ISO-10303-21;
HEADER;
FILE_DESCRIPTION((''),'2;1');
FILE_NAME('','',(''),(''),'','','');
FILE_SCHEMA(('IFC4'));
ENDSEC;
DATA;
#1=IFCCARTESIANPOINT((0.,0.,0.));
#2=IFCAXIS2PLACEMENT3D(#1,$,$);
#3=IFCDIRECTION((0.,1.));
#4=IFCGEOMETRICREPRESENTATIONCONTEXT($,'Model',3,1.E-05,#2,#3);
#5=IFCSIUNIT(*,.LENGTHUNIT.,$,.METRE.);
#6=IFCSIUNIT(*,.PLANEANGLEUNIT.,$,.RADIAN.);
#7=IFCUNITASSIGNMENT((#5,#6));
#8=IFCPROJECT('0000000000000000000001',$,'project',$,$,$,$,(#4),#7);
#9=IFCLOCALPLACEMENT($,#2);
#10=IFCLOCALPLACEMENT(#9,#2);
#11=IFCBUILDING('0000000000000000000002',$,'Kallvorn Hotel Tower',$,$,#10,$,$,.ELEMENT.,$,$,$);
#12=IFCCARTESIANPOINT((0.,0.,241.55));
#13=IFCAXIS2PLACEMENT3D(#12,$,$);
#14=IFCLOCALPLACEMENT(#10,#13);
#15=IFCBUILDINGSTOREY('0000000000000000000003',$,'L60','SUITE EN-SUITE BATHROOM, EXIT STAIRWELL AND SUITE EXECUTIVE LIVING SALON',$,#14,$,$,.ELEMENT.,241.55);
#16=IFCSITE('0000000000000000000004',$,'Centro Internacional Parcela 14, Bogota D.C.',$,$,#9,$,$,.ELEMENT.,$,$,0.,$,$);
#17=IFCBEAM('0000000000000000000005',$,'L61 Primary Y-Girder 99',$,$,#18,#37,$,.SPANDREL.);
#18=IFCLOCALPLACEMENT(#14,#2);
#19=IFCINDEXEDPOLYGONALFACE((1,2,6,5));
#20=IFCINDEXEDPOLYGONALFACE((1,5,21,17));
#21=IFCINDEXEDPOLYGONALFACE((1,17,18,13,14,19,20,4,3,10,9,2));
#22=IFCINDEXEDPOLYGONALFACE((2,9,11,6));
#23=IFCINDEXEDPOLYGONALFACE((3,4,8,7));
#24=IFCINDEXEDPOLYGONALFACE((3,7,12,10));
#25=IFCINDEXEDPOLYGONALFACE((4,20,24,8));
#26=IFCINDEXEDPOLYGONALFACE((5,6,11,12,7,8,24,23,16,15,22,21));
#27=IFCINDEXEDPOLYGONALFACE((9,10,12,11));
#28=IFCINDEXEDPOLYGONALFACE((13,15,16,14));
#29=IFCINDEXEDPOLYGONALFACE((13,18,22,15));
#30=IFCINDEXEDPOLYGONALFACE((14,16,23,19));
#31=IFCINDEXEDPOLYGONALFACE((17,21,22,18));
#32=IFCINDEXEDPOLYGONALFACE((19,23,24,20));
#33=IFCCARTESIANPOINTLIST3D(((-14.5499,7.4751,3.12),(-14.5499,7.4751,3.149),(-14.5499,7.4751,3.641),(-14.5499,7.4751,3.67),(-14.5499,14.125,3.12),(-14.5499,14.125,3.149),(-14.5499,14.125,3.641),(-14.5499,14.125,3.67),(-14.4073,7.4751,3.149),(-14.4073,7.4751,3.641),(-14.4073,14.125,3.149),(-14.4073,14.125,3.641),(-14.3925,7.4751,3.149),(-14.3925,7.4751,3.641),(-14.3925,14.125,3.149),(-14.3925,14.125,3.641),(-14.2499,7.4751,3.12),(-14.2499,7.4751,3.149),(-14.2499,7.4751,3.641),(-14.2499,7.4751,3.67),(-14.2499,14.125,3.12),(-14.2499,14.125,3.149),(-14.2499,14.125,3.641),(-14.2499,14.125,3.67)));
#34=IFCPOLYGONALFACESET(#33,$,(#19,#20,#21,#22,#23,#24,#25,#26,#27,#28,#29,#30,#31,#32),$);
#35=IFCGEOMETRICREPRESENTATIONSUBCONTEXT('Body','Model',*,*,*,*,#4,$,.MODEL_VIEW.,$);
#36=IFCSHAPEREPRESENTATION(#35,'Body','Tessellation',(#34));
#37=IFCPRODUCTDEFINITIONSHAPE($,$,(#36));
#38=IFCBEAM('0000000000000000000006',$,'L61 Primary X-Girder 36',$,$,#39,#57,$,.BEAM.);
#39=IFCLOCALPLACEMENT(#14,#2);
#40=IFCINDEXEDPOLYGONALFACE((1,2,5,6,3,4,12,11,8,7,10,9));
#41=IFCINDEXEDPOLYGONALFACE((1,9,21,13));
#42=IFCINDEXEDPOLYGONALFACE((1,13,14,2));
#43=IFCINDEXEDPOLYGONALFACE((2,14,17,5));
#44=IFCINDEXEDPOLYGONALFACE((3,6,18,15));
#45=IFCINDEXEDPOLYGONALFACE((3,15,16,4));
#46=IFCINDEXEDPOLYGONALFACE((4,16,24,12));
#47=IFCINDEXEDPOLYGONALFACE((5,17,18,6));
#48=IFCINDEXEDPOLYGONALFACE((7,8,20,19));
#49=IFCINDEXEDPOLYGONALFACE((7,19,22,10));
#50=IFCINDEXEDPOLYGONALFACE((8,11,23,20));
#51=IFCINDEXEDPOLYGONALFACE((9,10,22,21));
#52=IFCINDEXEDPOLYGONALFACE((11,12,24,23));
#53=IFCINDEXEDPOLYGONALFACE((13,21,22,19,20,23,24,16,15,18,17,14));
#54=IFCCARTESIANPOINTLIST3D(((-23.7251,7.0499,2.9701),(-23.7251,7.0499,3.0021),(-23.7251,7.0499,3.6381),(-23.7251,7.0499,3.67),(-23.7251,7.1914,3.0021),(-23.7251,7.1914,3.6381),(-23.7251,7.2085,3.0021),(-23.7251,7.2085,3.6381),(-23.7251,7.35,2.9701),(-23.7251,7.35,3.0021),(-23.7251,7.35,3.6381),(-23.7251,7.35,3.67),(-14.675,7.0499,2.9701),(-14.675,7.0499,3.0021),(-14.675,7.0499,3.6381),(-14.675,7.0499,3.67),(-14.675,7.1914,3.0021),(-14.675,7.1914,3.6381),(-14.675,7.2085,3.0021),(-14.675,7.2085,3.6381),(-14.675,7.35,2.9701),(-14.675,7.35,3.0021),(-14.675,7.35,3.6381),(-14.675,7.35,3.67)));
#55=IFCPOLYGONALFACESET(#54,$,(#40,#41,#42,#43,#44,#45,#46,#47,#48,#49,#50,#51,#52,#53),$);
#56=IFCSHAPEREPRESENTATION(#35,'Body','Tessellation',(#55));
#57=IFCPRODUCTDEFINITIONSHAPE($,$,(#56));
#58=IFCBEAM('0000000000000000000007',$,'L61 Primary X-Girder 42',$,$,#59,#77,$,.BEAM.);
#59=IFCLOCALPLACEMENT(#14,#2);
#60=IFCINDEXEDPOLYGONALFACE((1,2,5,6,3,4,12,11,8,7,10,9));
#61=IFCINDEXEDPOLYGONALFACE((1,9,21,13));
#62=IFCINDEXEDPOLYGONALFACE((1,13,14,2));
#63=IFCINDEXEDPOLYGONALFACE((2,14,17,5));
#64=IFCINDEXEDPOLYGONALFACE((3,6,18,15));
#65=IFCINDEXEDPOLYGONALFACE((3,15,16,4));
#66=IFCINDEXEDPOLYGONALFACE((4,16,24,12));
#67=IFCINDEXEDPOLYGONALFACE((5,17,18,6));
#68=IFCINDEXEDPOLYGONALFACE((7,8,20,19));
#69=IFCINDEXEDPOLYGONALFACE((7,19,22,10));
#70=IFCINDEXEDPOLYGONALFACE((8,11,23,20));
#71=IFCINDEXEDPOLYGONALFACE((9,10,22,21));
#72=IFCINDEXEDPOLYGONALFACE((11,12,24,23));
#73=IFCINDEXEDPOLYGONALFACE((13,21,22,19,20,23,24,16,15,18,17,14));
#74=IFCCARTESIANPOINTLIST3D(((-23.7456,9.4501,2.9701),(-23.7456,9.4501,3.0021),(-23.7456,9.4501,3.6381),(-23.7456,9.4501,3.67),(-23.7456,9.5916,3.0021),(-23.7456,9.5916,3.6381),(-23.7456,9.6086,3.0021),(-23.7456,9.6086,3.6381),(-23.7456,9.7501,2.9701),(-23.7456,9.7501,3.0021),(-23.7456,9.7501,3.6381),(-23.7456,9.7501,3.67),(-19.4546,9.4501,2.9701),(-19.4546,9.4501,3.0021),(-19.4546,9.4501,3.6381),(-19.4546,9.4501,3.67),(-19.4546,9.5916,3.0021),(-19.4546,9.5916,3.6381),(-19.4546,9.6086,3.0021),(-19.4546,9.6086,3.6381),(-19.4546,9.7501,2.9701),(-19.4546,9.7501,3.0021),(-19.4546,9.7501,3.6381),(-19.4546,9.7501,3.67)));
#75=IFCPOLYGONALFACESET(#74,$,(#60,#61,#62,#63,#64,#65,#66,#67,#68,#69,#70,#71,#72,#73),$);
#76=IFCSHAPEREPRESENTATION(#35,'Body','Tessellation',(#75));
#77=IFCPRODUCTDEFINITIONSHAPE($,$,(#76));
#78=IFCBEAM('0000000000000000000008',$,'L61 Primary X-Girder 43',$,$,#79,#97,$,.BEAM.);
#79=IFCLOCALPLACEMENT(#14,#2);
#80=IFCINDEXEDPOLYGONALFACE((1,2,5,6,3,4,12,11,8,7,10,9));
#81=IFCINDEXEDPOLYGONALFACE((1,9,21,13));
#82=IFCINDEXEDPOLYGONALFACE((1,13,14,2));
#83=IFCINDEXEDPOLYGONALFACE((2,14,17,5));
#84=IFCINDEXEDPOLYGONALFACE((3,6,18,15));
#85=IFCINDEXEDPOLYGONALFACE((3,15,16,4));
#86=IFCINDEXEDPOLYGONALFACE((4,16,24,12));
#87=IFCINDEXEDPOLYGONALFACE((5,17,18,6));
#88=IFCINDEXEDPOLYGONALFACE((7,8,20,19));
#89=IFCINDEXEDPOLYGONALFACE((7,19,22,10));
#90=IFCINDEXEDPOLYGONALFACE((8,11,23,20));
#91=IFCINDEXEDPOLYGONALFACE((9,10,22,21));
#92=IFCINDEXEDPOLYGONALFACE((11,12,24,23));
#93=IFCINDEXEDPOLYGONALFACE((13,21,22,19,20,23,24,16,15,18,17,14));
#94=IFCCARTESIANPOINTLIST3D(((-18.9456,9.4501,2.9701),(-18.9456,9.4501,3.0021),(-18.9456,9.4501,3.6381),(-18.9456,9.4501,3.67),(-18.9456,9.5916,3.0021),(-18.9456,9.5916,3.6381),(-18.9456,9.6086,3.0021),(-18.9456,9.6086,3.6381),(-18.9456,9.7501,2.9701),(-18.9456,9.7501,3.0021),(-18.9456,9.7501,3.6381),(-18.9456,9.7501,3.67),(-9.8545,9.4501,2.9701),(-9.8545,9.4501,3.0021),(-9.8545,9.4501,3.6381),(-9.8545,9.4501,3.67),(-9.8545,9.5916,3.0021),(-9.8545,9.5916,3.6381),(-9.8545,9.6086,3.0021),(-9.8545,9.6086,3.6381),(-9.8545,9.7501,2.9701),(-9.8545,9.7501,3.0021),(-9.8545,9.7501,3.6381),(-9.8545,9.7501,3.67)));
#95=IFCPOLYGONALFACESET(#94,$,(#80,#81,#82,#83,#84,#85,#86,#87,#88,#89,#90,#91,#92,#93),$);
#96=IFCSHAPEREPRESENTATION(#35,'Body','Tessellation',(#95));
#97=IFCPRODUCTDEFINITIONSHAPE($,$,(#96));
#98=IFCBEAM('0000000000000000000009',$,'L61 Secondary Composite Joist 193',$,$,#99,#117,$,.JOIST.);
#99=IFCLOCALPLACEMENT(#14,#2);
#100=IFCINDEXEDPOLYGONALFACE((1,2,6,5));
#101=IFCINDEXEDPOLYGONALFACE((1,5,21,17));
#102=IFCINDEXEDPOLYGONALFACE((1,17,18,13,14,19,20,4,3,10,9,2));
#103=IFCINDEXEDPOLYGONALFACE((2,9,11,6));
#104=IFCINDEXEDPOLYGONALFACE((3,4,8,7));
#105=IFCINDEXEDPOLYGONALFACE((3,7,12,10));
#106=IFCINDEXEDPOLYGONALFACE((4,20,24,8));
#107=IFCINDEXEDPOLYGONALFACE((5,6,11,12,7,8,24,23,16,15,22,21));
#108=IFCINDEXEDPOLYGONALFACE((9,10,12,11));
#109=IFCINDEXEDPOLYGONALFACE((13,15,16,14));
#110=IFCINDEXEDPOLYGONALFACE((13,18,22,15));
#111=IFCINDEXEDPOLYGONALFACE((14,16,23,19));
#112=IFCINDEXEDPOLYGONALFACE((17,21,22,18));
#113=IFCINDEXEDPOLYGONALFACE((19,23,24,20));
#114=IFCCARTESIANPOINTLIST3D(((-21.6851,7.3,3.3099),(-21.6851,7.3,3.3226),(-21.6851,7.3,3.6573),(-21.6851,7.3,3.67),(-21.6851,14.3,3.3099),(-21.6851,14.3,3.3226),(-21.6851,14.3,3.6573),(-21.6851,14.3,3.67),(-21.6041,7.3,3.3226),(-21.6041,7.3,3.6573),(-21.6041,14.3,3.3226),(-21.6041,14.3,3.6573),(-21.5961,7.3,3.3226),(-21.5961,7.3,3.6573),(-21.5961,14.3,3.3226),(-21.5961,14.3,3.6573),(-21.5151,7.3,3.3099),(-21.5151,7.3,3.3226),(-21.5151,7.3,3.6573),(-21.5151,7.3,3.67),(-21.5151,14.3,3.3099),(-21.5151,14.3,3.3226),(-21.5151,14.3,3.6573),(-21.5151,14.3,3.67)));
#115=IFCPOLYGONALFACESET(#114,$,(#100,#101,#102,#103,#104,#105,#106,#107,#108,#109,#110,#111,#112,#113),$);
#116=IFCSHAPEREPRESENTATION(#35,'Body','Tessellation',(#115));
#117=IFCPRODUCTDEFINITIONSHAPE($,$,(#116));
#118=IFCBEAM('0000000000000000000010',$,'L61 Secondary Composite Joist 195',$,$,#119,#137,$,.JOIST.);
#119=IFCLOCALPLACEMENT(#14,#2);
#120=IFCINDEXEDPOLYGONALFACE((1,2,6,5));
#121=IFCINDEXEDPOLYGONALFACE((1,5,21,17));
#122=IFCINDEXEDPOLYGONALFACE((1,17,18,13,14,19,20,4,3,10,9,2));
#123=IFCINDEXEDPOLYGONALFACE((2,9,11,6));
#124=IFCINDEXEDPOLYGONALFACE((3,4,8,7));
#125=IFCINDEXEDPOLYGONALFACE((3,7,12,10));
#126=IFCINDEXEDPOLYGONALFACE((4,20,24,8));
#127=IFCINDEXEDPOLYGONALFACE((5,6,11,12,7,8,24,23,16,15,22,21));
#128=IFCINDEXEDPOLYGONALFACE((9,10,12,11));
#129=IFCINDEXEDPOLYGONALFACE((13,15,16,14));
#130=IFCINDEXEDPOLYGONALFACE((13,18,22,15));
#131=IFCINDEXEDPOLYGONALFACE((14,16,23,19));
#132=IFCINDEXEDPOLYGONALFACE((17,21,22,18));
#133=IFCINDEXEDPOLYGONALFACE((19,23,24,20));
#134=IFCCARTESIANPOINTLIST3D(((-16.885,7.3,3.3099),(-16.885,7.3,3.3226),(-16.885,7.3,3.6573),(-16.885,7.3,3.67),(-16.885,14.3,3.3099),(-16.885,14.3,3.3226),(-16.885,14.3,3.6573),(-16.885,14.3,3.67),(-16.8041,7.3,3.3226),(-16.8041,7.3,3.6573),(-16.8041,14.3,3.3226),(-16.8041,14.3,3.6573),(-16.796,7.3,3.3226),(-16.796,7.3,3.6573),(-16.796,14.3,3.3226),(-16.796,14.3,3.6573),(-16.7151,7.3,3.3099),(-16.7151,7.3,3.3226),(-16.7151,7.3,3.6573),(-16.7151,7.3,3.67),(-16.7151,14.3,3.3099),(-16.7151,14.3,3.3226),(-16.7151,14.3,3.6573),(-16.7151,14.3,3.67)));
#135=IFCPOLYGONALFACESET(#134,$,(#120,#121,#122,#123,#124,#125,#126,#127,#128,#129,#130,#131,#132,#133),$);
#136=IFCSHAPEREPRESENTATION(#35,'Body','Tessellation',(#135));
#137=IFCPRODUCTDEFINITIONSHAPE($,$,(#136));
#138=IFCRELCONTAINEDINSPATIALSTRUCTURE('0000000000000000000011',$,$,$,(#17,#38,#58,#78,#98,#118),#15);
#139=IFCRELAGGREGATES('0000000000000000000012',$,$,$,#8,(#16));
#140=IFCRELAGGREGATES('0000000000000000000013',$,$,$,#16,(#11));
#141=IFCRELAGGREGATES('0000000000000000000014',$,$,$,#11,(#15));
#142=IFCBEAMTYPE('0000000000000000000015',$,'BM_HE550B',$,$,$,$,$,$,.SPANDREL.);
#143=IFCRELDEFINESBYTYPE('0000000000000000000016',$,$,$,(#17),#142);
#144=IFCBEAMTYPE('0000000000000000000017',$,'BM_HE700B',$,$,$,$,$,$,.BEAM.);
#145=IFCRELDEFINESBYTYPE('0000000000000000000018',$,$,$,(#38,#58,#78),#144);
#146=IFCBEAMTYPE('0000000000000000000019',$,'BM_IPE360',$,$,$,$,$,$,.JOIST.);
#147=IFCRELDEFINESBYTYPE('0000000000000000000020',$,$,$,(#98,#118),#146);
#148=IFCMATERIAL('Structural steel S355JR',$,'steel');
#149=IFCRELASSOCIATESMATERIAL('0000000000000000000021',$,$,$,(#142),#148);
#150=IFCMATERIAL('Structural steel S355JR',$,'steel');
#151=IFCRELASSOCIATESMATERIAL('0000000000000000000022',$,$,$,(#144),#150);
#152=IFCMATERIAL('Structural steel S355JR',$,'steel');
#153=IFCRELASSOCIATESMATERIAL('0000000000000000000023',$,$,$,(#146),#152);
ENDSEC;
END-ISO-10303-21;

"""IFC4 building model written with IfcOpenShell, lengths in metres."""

from ifc_helpers import new_model, si_unit, direction, frame, origin, origin_2d, place, context, subcontext, project, spatial, i_section, extrude, material, material_profile, profile_set, type_object, element, save


model = new_model("IFC4")

# Units and contexts
model_context = context("Model", 3, precision=1e-05, world=origin(), true_north=direction((0.0, 1.0)))
body_context = subcontext(model_context, "Body", "Model", "MODEL_VIEW")
ifc_project = project(units=[si_unit("LENGTHUNIT", "METRE"), si_unit("PLANEANGLEUNIT", "RADIAN")], contexts=[model_context])

# Site, building, storey
site_placement = place(None, origin())
site = spatial("IfcSite", under=ifc_project, at=site_placement, Name="Centro Internacional Parcela 14, Bogota D.C.", CompositionType="ELEMENT", RefElevation=0.0)
building_placement = place(site_placement, origin())
building = spatial("IfcBuilding", under=site, at=building_placement, Name="Kallvorn Hotel Tower", CompositionType="ELEMENT")
storey_placement = place(building_placement, frame((0.0, 0.0, 241.55)))
storey = spatial("IfcBuildingStorey", under=building, at=storey_placement, Name="L60", Description="SUITE EN-SUITE BATHROOM, EXIT STAIRWELL AND SUITE EXECUTIVE LIVING SALON", CompositionType="ELEMENT", Elevation=241.55)

# Beams
ifc_material_1 = material(Name="Structural steel S355JR", Category="steel")
ifc_material_profile_1 = material_profile(ifc_material_1, i_section(OverallWidth=0.3, OverallDepth=0.55, WebThickness=0.0149, FlangeThickness=0.0291, at=origin_2d()), Name="HE 550 B")
ifc_profile_set_1 = profile_set([ifc_material_profile_1], Name="Structural steel S355JR")
beam_type_1 = type_object("IfcBeamType", Name="BM_HE550B", PredefinedType="SPANDREL", material=ifc_profile_set_1)
beam_1_placement = place(storey_placement, frame((-14.3999, 7.4751, 3.395), z_axis=(0.0, 1.0, 0.0), x_axis=(-1.0, 0.0, 0.0)))
element("IfcBeam", 1, at=beam_1_placement, inside=storey, type_object=beam_type_1, Name="L61 Primary Y-Girder 99", PredefinedType="SPANDREL", context=body_context, shape_type="SweptSolid", body=[
    extrude(i_section(OverallWidth=0.3, OverallDepth=0.55, WebThickness=0.0149, FlangeThickness=0.0291, at=origin_2d()), origin(), (0.0, 0.0, 1.0), 6.6499),
])
ifc_material_2 = material(Name="Structural steel S355JR", Category="steel")
ifc_material_profile_2 = material_profile(ifc_material_2, i_section(OverallWidth=0.3, OverallDepth=0.7, WebThickness=0.0171, FlangeThickness=0.032, at=origin_2d()), Name="HE 700 B")
ifc_profile_set_2 = profile_set([ifc_material_profile_2], Name="Structural steel S355JR")
beam_type_2 = type_object("IfcBeamType", Name="BM_HE700B", PredefinedType="BEAM", material=ifc_profile_set_2)
beam_2_placement = place(storey_placement, frame((-23.7251, 7.2, 3.3201), z_axis=(1.0, 0.0, 0.0), x_axis=(0.0, 1.0, 0.0)))
element("IfcBeam", 2, at=beam_2_placement, inside=storey, type_object=beam_type_2, Name="L61 Primary X-Girder 36", PredefinedType="BEAM", context=body_context, shape_type="SweptSolid", body=[
    extrude(i_section(OverallWidth=0.3, OverallDepth=0.7, WebThickness=0.0171, FlangeThickness=0.032, at=origin_2d()), origin(), (0.0, 0.0, 1.0), 9.05),
])
beam_3_placement = place(storey_placement, frame((-23.7456, 9.6001, 3.3201), z_axis=(1.0, 0.0, 0.0), x_axis=(0.0, 1.0, 0.0)))
element("IfcBeam", 3, at=beam_3_placement, inside=storey, type_object=beam_type_2, Name="L61 Primary X-Girder 42", PredefinedType="BEAM", context=body_context, shape_type="SweptSolid", body=[
    extrude(i_section(OverallWidth=0.3, OverallDepth=0.7, WebThickness=0.0171, FlangeThickness=0.032, at=origin_2d()), origin(), (0.0, 0.0, 1.0), 4.291),
])
beam_4_placement = place(storey_placement, frame((-18.9456, 9.6001, 3.3201), z_axis=(1.0, 0.0, 0.0), x_axis=(0.0, 1.0, 0.0)))
element("IfcBeam", 4, at=beam_4_placement, inside=storey, type_object=beam_type_2, Name="L61 Primary X-Girder 43", PredefinedType="BEAM", context=body_context, shape_type="SweptSolid", body=[
    extrude(i_section(OverallWidth=0.3, OverallDepth=0.7, WebThickness=0.0171, FlangeThickness=0.032, at=origin_2d()), origin(), (0.0, 0.0, 1.0), 9.0911),
])
ifc_material_3 = material(Name="Structural steel S355JR", Category="steel")
ifc_material_profile_3 = material_profile(ifc_material_3, i_section(OverallWidth=0.1699, OverallDepth=0.3601, WebThickness=0.0081, FlangeThickness=0.0127, at=origin_2d()), Name="IPE 360")
ifc_profile_set_3 = profile_set([ifc_material_profile_3], Name="Structural steel S355JR")
beam_type_3 = type_object("IfcBeamType", Name="BM_IPE360", PredefinedType="JOIST", material=ifc_profile_set_3)
for number, where, z_axis, x_axis, name in (
    (5, (-21.6001, 7.3, 3.49), (0.0, 1.0, 0.0), (-1.0, 0.0, 0.0), "L61 Secondary Composite Joist 193"),
    (6, (-16.8, 7.3, 3.49), (0.0, 1.0, 0.0), (-1.0, 0.0, 0.0), "L61 Secondary Composite Joist 195"),
):
    element("IfcBeam", number, at=place(storey_placement, frame(where, z_axis=z_axis, x_axis=x_axis)), inside=storey, type_object=beam_type_3, Name=name, PredefinedType="JOIST", context=body_context, shape_type="SweptSolid", body=[
        extrude(i_section(OverallWidth=0.1699, OverallDepth=0.3601, WebThickness=0.0081, FlangeThickness=0.0127, at=origin_2d()), origin(), (0.0, 0.0, 1.0), 7.0),
    ])

save(model, "model.ifc")
